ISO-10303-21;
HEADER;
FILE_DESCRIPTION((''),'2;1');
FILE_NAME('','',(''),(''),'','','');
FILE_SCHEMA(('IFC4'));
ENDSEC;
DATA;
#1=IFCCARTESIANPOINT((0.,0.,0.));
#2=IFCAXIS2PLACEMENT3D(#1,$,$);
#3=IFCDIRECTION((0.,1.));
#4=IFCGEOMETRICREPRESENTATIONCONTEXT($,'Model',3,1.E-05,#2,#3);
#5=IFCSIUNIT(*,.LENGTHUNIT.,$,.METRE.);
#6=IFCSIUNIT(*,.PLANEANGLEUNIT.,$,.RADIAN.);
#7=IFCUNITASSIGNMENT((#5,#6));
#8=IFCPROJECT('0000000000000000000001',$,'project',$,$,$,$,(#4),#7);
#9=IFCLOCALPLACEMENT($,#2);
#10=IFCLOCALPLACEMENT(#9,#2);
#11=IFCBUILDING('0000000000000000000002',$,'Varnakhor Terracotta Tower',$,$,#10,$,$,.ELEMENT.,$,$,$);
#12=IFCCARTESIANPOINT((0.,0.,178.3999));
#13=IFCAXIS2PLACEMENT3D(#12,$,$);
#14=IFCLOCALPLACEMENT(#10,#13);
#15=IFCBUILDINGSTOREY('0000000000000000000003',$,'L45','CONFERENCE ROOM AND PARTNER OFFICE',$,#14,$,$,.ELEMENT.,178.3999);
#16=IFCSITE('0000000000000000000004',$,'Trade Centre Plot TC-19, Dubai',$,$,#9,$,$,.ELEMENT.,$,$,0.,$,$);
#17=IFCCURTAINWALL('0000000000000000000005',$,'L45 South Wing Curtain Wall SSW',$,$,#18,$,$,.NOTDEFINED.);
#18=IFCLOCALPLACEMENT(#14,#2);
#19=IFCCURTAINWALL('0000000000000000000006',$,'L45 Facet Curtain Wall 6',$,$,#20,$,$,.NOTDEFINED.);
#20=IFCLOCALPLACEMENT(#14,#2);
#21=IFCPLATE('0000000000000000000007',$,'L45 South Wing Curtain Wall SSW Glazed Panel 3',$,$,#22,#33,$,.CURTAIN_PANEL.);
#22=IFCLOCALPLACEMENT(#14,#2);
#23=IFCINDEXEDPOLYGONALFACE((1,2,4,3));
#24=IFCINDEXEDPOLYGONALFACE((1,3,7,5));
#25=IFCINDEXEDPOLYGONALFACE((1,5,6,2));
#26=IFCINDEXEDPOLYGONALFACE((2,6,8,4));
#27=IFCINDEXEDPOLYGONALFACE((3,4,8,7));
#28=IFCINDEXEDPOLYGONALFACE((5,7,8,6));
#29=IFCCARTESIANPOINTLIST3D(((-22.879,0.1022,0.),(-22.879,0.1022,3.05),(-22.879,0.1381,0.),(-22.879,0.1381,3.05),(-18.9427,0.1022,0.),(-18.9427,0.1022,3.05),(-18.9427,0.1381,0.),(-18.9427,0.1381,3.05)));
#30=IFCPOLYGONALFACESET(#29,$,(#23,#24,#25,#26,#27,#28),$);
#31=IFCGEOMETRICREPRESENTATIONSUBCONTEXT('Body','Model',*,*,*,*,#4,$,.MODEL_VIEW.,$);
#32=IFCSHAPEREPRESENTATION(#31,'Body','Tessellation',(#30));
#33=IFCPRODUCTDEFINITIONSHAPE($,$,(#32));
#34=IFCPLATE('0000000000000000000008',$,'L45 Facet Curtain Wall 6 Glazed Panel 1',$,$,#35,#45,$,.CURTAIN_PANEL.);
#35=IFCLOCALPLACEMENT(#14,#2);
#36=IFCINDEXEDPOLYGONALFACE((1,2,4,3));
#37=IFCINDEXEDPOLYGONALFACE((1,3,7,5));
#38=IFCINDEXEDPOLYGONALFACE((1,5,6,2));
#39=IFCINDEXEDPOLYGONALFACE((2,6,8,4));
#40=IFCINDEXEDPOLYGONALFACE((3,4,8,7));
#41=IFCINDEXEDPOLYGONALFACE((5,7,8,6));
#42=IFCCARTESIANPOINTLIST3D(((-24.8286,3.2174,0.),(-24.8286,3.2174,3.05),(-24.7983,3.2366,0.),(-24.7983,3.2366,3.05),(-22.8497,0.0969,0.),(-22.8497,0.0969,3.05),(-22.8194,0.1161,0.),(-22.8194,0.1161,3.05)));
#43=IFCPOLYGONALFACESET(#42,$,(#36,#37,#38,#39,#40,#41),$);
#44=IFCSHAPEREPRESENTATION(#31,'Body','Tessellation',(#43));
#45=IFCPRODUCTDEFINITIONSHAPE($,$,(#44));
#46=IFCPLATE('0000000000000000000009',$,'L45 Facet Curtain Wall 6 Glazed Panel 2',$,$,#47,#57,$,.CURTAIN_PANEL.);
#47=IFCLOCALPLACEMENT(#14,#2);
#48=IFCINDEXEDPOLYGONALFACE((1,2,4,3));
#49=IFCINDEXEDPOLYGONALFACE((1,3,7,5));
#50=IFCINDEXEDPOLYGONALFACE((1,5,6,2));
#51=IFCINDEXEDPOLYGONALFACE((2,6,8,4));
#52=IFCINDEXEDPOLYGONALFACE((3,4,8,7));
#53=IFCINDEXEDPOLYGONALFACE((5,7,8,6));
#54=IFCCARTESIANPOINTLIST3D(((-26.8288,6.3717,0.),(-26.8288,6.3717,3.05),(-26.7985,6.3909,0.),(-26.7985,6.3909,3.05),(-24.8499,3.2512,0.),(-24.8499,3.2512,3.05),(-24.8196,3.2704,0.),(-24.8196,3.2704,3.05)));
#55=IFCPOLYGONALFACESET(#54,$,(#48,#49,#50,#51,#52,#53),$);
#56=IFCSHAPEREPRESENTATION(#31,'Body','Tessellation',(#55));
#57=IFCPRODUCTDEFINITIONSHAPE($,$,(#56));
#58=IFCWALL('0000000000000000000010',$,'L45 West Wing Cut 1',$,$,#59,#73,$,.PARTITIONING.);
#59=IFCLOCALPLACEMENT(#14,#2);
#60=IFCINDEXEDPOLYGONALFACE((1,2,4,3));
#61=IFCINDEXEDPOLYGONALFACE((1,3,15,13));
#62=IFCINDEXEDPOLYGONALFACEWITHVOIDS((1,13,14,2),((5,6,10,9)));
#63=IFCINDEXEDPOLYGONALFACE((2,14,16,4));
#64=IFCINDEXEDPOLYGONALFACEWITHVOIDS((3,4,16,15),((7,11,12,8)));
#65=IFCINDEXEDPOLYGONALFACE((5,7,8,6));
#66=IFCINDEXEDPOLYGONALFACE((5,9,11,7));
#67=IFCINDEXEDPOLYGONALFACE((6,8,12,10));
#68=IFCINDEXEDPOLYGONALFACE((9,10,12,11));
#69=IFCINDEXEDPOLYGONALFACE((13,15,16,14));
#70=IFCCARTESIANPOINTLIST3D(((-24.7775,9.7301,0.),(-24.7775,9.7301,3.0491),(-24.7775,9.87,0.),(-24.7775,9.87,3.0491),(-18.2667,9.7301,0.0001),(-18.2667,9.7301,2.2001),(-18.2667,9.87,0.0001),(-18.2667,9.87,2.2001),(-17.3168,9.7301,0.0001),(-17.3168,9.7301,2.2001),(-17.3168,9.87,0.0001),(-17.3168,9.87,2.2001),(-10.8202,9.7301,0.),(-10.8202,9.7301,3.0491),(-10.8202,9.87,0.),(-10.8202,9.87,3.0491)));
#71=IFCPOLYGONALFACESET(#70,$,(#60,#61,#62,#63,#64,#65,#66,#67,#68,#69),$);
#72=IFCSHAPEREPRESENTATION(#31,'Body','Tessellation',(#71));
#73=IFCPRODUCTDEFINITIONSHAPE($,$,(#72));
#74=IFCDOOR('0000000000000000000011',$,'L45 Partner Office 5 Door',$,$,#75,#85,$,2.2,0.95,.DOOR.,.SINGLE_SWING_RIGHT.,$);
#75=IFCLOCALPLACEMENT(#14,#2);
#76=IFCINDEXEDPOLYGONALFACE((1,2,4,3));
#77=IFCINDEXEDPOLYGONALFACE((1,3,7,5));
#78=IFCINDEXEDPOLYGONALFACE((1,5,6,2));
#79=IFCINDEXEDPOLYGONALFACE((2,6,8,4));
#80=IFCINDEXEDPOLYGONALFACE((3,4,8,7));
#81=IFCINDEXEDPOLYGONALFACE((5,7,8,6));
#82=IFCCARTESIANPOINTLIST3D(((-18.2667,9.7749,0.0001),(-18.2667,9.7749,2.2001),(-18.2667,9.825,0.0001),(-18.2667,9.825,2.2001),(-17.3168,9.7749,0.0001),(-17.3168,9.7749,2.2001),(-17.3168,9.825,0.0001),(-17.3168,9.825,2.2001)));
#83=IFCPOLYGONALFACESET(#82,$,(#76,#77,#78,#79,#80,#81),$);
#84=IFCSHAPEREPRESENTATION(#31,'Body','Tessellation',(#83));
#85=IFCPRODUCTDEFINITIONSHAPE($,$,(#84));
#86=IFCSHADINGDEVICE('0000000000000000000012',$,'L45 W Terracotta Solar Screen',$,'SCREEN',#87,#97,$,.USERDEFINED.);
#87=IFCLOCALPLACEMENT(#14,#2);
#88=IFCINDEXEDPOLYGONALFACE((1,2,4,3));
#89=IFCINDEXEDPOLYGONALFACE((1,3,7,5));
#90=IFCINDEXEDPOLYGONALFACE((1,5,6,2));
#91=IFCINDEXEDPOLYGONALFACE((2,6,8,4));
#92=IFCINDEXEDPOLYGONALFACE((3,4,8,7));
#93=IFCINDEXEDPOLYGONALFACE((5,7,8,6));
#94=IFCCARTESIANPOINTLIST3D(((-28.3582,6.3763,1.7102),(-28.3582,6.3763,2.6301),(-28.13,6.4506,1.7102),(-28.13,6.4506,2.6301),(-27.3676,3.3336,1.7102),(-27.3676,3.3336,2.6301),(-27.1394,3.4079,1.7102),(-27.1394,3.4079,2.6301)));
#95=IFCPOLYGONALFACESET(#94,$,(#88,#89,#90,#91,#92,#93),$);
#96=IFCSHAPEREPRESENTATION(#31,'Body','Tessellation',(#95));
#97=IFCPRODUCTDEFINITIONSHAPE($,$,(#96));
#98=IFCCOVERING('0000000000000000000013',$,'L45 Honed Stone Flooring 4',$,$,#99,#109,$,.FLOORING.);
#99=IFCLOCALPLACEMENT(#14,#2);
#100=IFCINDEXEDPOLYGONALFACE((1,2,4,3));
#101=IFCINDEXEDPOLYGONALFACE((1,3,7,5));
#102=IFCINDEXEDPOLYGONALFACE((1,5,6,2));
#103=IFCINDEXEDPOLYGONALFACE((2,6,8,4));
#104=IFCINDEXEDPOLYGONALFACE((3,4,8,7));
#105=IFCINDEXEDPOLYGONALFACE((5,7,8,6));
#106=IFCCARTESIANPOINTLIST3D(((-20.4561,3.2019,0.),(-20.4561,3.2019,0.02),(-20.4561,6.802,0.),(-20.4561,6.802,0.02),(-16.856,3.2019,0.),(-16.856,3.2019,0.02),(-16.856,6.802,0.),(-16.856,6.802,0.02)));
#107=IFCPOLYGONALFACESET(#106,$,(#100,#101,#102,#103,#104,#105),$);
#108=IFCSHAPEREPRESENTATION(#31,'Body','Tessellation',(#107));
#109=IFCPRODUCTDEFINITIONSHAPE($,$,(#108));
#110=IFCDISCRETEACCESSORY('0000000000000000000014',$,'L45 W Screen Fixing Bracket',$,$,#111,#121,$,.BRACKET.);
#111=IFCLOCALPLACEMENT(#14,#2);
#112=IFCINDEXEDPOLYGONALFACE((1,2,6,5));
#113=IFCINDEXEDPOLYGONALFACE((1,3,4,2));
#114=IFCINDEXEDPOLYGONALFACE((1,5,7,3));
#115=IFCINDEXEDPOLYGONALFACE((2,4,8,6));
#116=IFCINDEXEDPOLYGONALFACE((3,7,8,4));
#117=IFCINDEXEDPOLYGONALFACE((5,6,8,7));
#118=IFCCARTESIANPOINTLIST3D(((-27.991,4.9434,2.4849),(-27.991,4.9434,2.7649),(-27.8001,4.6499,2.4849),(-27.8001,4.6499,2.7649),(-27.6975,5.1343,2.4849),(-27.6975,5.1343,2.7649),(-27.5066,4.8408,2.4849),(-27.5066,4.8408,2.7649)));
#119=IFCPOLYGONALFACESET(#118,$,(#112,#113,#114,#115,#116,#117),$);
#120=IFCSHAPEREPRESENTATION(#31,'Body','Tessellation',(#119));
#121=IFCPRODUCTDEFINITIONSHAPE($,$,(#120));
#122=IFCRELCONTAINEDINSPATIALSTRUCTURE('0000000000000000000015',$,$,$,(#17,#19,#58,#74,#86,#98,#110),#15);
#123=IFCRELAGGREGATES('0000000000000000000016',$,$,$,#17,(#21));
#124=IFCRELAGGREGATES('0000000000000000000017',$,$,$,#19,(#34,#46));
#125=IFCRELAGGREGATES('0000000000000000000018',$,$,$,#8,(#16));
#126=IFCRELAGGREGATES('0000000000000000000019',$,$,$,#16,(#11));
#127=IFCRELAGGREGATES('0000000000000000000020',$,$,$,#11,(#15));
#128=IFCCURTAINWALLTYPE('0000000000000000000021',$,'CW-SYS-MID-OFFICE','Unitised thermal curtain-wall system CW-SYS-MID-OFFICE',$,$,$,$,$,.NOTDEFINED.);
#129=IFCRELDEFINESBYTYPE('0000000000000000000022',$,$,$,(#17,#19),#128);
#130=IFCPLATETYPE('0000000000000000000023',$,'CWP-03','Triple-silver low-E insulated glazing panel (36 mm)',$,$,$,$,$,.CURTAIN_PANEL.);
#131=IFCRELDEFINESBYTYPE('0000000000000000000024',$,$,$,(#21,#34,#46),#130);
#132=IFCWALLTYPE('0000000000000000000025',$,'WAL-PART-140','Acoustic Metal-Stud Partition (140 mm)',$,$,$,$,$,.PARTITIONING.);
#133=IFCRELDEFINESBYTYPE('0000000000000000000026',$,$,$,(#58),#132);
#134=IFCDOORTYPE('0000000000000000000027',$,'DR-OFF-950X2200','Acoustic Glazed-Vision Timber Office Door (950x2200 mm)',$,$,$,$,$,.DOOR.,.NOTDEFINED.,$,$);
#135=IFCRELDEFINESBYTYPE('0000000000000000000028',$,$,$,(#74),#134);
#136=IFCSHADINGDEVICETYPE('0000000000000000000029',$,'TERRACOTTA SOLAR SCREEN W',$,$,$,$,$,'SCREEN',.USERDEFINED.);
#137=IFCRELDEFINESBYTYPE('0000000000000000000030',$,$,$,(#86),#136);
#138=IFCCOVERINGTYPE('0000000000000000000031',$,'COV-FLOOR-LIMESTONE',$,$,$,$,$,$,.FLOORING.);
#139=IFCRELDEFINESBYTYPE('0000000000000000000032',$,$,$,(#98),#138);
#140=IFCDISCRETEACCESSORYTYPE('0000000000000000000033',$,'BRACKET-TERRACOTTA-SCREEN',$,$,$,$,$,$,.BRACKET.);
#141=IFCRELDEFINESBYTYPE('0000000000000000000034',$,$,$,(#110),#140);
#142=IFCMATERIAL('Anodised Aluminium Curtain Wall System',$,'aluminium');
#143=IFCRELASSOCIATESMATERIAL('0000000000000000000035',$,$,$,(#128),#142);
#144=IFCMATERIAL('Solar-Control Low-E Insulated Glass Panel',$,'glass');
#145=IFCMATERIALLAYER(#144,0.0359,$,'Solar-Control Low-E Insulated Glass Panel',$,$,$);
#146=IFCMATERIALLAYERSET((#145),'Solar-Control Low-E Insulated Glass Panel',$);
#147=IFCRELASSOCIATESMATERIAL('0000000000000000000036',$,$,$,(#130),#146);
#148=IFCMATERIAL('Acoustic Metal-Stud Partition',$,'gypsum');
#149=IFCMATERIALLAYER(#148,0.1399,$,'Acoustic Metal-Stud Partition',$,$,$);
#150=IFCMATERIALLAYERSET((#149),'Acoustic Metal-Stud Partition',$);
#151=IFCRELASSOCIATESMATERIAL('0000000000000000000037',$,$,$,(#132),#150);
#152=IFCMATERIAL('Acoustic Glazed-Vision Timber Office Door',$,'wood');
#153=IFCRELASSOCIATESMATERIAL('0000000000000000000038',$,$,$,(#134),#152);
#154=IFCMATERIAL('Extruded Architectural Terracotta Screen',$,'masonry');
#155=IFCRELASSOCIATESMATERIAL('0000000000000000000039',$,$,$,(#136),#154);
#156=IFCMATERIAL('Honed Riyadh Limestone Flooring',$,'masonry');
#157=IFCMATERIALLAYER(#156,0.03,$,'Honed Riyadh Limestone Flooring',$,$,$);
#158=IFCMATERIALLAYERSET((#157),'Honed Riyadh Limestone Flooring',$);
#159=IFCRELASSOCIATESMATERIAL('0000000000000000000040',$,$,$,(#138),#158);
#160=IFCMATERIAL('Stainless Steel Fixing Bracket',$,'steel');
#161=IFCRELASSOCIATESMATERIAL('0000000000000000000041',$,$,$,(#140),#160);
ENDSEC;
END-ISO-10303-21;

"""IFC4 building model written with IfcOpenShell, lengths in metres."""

from ifc_helpers import new_model, si_unit, direction, frame, frame_2d, origin, origin_2d, place, context, subcontext, project, spatial, rectangle, extrude, source, transform, mapped, material, layer, layer_set, type_object, type_shapes, element, fill, aggregate, save


model = new_model("IFC4")

# Units and contexts
model_context = context("Model", 3, precision=1e-05, world=origin(), true_north=direction((0.0, 1.0)))
body_context = subcontext(model_context, "Body", "Model", "MODEL_VIEW")
ifc_project = project(units=[si_unit("LENGTHUNIT", "METRE"), si_unit("PLANEANGLEUNIT", "RADIAN")], contexts=[model_context])

# Site, building, storey
site_placement = place(None, origin())
site = spatial("IfcSite", under=ifc_project, at=site_placement, Name="Trade Centre Plot TC-19, Dubai", CompositionType="ELEMENT", RefElevation=0.0)
building_placement = place(site_placement, origin())
building = spatial("IfcBuilding", under=site, at=building_placement, Name="Varnakhor Terracotta Tower", CompositionType="ELEMENT")
storey_placement = place(building_placement, frame((0.0, 0.0, 178.3999)))
storey = spatial("IfcBuildingStorey", under=building, at=storey_placement, Name="L45", Description="CONFERENCE ROOM AND PARTNER OFFICE", CompositionType="ELEMENT", Elevation=178.3999)

# Curtain walls
ifc_material_1 = material(Name="Anodised Aluminium Curtain Wall System", Category="aluminium")
curtain_wall_type = type_object("IfcCurtainWallType", Name="CW-SYS-MID-OFFICE", Description="Unitised thermal curtain-wall system CW-SYS-MID-OFFICE", PredefinedType="NOTDEFINED", material=ifc_material_1)
curtain_wall_1_placement = place(storey_placement, origin())
curtain_wall_1 = element("IfcCurtainWall", 1, at=curtain_wall_1_placement, inside=storey, type_object=curtain_wall_type, Name="L45 South Wing Curtain Wall SSW", PredefinedType="NOTDEFINED")
curtain_wall_2_placement = place(storey_placement, origin())
curtain_wall_2 = element("IfcCurtainWall", 2, at=curtain_wall_2_placement, inside=storey, type_object=curtain_wall_type, Name="L45 Facet Curtain Wall 6", PredefinedType="NOTDEFINED")

# Plates
ifc_material_2 = material(Name="Solar-Control Low-E Insulated Glass Panel", Category="glass")
ifc_layer_1 = layer(ifc_material_2, 0.0359, Name="Solar-Control Low-E Insulated Glass Panel")
ifc_layer_set_1 = layer_set([ifc_layer_1], Name="Solar-Control Low-E Insulated Glass Panel")
plate_type = type_object("IfcPlateType", Name="CWP-03", Description="Triple-silver low-E insulated glazing panel (36 mm)", PredefinedType="CURTAIN_PANEL", material=ifc_layer_set_1)
shared_shape_1 = source(origin(), body_context, "Body", "SweptSolid", [
    extrude(rectangle(XDim=3.9363, YDim=0.0359, at=origin_2d()), origin(), (0.0, 0.0, 1.0), 3.05),
])
plate_1_placement = place(storey_placement, frame((-20.9109, 0.1201, 0.0), z_axis=(0.0, 0.0, 1.0), x_axis=(-1.0, 0.0, 0.0)))
plate_1 = element("IfcPlate", 3, at=plate_1_placement, type_object=plate_type, Name="L45 South Wing Curtain Wall SSW Glazed Panel 3", PredefinedType="CURTAIN_PANEL", context=body_context, shape_type="MappedRepresentation", body=[
    mapped(shared_shape_1, transform((0.0, 0.0, 0.0), scale=1.0)),
])
aggregate(curtain_wall_1, [plate_1])
shared_shape_2 = source(origin(), body_context, "Body", "SweptSolid", [
    extrude(rectangle(XDim=3.6951, YDim=0.0359, at=origin_2d()), origin(), (0.0, 0.0, 1.0), 3.05),
])
plate_2_placement = place(storey_placement, frame((-23.824, 1.6667, 0.0), z_axis=(0.0, 0.0, 1.0), x_axis=(-0.535562, 0.844496, 0.0)))
plate_2 = element("IfcPlate", 4, at=plate_2_placement, type_object=plate_type, Name="L45 Facet Curtain Wall 6 Glazed Panel 1", PredefinedType="CURTAIN_PANEL", context=body_context, shape_type="MappedRepresentation", body=[
    mapped(shared_shape_2, transform((0.0, 0.0, 0.0), scale=1.0)),
])
plate_3_placement = place(storey_placement, frame((-25.8242, 4.821, 0.0), z_axis=(0.0, 0.0, 1.0), x_axis=(-0.535562, 0.844496, 0.0)))
plate_3 = element("IfcPlate", 5, at=plate_3_placement, type_object=plate_type, Name="L45 Facet Curtain Wall 6 Glazed Panel 2", PredefinedType="CURTAIN_PANEL", context=body_context, shape_type="MappedRepresentation", body=[
    mapped(shared_shape_2, transform((0.0, 0.0, 0.0), scale=1.0)),
])
aggregate(curtain_wall_2, [plate_2, plate_3])

# Wall, opening, door
ifc_material_3 = material(Name="Acoustic Metal-Stud Partition", Category="gypsum")
ifc_layer_2 = layer(ifc_material_3, 0.1399, Name="Acoustic Metal-Stud Partition")
ifc_layer_set_2 = layer_set([ifc_layer_2], Name="Acoustic Metal-Stud Partition")
wall_type = type_object("IfcWallType", Name="WAL-PART-140", Description="Acoustic Metal-Stud Partition (140 mm)", PredefinedType="PARTITIONING", material=ifc_layer_set_2)
wall_placement = place(storey_placement, frame((-24.7773, 9.8, 0.0), z_axis=(0.0, 0.0, 1.0), x_axis=(1.0, 0.0, 0.0)))
wall = element("IfcWall", 6, at=wall_placement, inside=storey, type_object=wall_type, Name="L45 West Wing Cut 1", PredefinedType="PARTITIONING", context=body_context, shape_type="SweptSolid", body=[
    extrude(rectangle(XDim=13.9573, YDim=0.1399, at=frame_2d((6.9785, 0.0))), origin(), (0.0, 0.0, 1.0), 3.0491),
])
opening_placement = place(wall_placement, frame((6.5105, 0.0, 0.0)))
opening = element("IfcOpeningElement", 7, at=opening_placement, cuts=wall, PredefinedType="OPENING", context=body_context, shape_type="SweptSolid", body=[
    extrude(rectangle(XDim=0.95, YDim=2.2, at=frame_2d((0.4751, 1.1001))), frame((0.0, 0.0801, 0.0), z_axis=(0.0, -1.0, 0.0), x_axis=(1.0, 0.0, 0.0)), (0.0, 0.0, 1.0), 0.1599),
])
ifc_material_4 = material(Name="Acoustic Glazed-Vision Timber Office Door", Category="wood")
door_type = type_object("IfcDoorType", Name="DR-OFF-950X2200", Description="Acoustic Glazed-Vision Timber Office Door (950x2200 mm)", OperationType="NOTDEFINED", PredefinedType="DOOR", material=ifc_material_4)
shared_shape_3 = source(origin(), body_context, "Body", "SweptSolid", [
    extrude(rectangle(XDim=0.95, YDim=2.2, at=frame_2d((0.4751, 1.1001))), frame((0.0, 0.0249, 0.0), z_axis=(0.0, -1.0, 0.0), x_axis=(1.0, 0.0, 0.0)), (0.0, 0.0, 1.0), 0.05),
])
type_shapes(door_type, [shared_shape_3])
door_placement = place(opening_placement, origin())
door = element("IfcDoor", 8, at=door_placement, inside=storey, type_object=door_type, Name="L45 Partner Office 5 Door", OperationType="SINGLE_SWING_RIGHT", OverallHeight=2.2, OverallWidth=0.95, PredefinedType="DOOR", context=body_context, shape_type="MappedRepresentation", body=[
    mapped(shared_shape_3, transform((0.0, 0.0, 0.0), scale=1.0)),
])
fill(opening, door)

# Shading device
ifc_material_5 = material(Name="Extruded Architectural Terracotta Screen", Category="masonry")
shading_device_type = type_object("IfcShadingDeviceType", Name="TERRACOTTA SOLAR SCREEN W", ElementType="SCREEN", PredefinedType="USERDEFINED", material=ifc_material_5)
shared_shape_4 = source(origin(), body_context, "Body", "SweptSolid", [
    extrude(rectangle(XDim=3.2, YDim=0.24, at=origin_2d()), origin(), (0.0, 0.0, 1.0), 0.9199),
])
type_shapes(shading_device_type, [shared_shape_4])
shading_device_placement = place(storey_placement, frame((-27.7488, 4.8921, 1.7102), z_axis=(0.0, 0.0, 1.0), x_axis=(0.309581, -0.950873, 0.0)))
element("IfcShadingDevice", 9, at=shading_device_placement, inside=storey, type_object=shading_device_type, Name="L45 W Terracotta Solar Screen", ObjectType="SCREEN", PredefinedType="USERDEFINED", context=body_context, shape_type="MappedRepresentation", body=[
    mapped(shared_shape_4, transform((0.0, 0.0, 0.0), scale=1.0)),
])

# Covering
ifc_material_6 = material(Name="Honed Riyadh Limestone Flooring", Category="masonry")
ifc_layer_3 = layer(ifc_material_6, 0.03, Name="Honed Riyadh Limestone Flooring")
ifc_layer_set_3 = layer_set([ifc_layer_3], Name="Honed Riyadh Limestone Flooring")
covering_type = type_object("IfcCoveringType", Name="COV-FLOOR-LIMESTONE", PredefinedType="FLOORING", material=ifc_layer_set_3)
shared_shape_5 = source(origin(), body_context, "Body", "SweptSolid", [
    extrude(rectangle(XDim=3.6001, YDim=3.6001, at=origin_2d()), origin(), (0.0, 0.0, 1.0), 0.02),
])
covering_placement = place(storey_placement, frame((-18.656, 5.002, 0.0), z_axis=(0.0, 0.0, 1.0), x_axis=(1.0, 0.0, 0.0)))
element("IfcCovering", 10, at=covering_placement, inside=storey, type_object=covering_type, Name="L45 Honed Stone Flooring 4", PredefinedType="FLOORING", context=body_context, shape_type="MappedRepresentation", body=[
    mapped(shared_shape_5, transform((0.0, 0.0, 0.0), scale=1.0)),
])

# Discrete accessory
ifc_material_7 = material(Name="Stainless Steel Fixing Bracket", Category="steel")
discrete_accessory_type = type_object("IfcDiscreteAccessoryType", Name="BRACKET-TERRACOTTA-SCREEN", PredefinedType="BRACKET", material=ifc_material_7)
shared_shape_6 = source(origin(), body_context, "Body", "SweptSolid", [
    extrude(rectangle(XDim=0.3501, YDim=0.3501, at=origin_2d()), origin(), (0.0, 0.0, 1.0), 0.28),
])
type_shapes(discrete_accessory_type, [shared_shape_6])
discrete_accessory_placement = place(storey_placement, frame((-27.7488, 4.8921, 2.4849), z_axis=(0.0, 0.0, 1.0), x_axis=(0.545137, -0.838347, 0.0)))
element("IfcDiscreteAccessory", 11, at=discrete_accessory_placement, inside=storey, type_object=discrete_accessory_type, Name="L45 W Screen Fixing Bracket", PredefinedType="BRACKET", context=body_context, shape_type="MappedRepresentation", body=[
    mapped(shared_shape_6, transform((0.0, 0.0, 0.0), scale=1.0)),
])

save(model, "model.ifc")
